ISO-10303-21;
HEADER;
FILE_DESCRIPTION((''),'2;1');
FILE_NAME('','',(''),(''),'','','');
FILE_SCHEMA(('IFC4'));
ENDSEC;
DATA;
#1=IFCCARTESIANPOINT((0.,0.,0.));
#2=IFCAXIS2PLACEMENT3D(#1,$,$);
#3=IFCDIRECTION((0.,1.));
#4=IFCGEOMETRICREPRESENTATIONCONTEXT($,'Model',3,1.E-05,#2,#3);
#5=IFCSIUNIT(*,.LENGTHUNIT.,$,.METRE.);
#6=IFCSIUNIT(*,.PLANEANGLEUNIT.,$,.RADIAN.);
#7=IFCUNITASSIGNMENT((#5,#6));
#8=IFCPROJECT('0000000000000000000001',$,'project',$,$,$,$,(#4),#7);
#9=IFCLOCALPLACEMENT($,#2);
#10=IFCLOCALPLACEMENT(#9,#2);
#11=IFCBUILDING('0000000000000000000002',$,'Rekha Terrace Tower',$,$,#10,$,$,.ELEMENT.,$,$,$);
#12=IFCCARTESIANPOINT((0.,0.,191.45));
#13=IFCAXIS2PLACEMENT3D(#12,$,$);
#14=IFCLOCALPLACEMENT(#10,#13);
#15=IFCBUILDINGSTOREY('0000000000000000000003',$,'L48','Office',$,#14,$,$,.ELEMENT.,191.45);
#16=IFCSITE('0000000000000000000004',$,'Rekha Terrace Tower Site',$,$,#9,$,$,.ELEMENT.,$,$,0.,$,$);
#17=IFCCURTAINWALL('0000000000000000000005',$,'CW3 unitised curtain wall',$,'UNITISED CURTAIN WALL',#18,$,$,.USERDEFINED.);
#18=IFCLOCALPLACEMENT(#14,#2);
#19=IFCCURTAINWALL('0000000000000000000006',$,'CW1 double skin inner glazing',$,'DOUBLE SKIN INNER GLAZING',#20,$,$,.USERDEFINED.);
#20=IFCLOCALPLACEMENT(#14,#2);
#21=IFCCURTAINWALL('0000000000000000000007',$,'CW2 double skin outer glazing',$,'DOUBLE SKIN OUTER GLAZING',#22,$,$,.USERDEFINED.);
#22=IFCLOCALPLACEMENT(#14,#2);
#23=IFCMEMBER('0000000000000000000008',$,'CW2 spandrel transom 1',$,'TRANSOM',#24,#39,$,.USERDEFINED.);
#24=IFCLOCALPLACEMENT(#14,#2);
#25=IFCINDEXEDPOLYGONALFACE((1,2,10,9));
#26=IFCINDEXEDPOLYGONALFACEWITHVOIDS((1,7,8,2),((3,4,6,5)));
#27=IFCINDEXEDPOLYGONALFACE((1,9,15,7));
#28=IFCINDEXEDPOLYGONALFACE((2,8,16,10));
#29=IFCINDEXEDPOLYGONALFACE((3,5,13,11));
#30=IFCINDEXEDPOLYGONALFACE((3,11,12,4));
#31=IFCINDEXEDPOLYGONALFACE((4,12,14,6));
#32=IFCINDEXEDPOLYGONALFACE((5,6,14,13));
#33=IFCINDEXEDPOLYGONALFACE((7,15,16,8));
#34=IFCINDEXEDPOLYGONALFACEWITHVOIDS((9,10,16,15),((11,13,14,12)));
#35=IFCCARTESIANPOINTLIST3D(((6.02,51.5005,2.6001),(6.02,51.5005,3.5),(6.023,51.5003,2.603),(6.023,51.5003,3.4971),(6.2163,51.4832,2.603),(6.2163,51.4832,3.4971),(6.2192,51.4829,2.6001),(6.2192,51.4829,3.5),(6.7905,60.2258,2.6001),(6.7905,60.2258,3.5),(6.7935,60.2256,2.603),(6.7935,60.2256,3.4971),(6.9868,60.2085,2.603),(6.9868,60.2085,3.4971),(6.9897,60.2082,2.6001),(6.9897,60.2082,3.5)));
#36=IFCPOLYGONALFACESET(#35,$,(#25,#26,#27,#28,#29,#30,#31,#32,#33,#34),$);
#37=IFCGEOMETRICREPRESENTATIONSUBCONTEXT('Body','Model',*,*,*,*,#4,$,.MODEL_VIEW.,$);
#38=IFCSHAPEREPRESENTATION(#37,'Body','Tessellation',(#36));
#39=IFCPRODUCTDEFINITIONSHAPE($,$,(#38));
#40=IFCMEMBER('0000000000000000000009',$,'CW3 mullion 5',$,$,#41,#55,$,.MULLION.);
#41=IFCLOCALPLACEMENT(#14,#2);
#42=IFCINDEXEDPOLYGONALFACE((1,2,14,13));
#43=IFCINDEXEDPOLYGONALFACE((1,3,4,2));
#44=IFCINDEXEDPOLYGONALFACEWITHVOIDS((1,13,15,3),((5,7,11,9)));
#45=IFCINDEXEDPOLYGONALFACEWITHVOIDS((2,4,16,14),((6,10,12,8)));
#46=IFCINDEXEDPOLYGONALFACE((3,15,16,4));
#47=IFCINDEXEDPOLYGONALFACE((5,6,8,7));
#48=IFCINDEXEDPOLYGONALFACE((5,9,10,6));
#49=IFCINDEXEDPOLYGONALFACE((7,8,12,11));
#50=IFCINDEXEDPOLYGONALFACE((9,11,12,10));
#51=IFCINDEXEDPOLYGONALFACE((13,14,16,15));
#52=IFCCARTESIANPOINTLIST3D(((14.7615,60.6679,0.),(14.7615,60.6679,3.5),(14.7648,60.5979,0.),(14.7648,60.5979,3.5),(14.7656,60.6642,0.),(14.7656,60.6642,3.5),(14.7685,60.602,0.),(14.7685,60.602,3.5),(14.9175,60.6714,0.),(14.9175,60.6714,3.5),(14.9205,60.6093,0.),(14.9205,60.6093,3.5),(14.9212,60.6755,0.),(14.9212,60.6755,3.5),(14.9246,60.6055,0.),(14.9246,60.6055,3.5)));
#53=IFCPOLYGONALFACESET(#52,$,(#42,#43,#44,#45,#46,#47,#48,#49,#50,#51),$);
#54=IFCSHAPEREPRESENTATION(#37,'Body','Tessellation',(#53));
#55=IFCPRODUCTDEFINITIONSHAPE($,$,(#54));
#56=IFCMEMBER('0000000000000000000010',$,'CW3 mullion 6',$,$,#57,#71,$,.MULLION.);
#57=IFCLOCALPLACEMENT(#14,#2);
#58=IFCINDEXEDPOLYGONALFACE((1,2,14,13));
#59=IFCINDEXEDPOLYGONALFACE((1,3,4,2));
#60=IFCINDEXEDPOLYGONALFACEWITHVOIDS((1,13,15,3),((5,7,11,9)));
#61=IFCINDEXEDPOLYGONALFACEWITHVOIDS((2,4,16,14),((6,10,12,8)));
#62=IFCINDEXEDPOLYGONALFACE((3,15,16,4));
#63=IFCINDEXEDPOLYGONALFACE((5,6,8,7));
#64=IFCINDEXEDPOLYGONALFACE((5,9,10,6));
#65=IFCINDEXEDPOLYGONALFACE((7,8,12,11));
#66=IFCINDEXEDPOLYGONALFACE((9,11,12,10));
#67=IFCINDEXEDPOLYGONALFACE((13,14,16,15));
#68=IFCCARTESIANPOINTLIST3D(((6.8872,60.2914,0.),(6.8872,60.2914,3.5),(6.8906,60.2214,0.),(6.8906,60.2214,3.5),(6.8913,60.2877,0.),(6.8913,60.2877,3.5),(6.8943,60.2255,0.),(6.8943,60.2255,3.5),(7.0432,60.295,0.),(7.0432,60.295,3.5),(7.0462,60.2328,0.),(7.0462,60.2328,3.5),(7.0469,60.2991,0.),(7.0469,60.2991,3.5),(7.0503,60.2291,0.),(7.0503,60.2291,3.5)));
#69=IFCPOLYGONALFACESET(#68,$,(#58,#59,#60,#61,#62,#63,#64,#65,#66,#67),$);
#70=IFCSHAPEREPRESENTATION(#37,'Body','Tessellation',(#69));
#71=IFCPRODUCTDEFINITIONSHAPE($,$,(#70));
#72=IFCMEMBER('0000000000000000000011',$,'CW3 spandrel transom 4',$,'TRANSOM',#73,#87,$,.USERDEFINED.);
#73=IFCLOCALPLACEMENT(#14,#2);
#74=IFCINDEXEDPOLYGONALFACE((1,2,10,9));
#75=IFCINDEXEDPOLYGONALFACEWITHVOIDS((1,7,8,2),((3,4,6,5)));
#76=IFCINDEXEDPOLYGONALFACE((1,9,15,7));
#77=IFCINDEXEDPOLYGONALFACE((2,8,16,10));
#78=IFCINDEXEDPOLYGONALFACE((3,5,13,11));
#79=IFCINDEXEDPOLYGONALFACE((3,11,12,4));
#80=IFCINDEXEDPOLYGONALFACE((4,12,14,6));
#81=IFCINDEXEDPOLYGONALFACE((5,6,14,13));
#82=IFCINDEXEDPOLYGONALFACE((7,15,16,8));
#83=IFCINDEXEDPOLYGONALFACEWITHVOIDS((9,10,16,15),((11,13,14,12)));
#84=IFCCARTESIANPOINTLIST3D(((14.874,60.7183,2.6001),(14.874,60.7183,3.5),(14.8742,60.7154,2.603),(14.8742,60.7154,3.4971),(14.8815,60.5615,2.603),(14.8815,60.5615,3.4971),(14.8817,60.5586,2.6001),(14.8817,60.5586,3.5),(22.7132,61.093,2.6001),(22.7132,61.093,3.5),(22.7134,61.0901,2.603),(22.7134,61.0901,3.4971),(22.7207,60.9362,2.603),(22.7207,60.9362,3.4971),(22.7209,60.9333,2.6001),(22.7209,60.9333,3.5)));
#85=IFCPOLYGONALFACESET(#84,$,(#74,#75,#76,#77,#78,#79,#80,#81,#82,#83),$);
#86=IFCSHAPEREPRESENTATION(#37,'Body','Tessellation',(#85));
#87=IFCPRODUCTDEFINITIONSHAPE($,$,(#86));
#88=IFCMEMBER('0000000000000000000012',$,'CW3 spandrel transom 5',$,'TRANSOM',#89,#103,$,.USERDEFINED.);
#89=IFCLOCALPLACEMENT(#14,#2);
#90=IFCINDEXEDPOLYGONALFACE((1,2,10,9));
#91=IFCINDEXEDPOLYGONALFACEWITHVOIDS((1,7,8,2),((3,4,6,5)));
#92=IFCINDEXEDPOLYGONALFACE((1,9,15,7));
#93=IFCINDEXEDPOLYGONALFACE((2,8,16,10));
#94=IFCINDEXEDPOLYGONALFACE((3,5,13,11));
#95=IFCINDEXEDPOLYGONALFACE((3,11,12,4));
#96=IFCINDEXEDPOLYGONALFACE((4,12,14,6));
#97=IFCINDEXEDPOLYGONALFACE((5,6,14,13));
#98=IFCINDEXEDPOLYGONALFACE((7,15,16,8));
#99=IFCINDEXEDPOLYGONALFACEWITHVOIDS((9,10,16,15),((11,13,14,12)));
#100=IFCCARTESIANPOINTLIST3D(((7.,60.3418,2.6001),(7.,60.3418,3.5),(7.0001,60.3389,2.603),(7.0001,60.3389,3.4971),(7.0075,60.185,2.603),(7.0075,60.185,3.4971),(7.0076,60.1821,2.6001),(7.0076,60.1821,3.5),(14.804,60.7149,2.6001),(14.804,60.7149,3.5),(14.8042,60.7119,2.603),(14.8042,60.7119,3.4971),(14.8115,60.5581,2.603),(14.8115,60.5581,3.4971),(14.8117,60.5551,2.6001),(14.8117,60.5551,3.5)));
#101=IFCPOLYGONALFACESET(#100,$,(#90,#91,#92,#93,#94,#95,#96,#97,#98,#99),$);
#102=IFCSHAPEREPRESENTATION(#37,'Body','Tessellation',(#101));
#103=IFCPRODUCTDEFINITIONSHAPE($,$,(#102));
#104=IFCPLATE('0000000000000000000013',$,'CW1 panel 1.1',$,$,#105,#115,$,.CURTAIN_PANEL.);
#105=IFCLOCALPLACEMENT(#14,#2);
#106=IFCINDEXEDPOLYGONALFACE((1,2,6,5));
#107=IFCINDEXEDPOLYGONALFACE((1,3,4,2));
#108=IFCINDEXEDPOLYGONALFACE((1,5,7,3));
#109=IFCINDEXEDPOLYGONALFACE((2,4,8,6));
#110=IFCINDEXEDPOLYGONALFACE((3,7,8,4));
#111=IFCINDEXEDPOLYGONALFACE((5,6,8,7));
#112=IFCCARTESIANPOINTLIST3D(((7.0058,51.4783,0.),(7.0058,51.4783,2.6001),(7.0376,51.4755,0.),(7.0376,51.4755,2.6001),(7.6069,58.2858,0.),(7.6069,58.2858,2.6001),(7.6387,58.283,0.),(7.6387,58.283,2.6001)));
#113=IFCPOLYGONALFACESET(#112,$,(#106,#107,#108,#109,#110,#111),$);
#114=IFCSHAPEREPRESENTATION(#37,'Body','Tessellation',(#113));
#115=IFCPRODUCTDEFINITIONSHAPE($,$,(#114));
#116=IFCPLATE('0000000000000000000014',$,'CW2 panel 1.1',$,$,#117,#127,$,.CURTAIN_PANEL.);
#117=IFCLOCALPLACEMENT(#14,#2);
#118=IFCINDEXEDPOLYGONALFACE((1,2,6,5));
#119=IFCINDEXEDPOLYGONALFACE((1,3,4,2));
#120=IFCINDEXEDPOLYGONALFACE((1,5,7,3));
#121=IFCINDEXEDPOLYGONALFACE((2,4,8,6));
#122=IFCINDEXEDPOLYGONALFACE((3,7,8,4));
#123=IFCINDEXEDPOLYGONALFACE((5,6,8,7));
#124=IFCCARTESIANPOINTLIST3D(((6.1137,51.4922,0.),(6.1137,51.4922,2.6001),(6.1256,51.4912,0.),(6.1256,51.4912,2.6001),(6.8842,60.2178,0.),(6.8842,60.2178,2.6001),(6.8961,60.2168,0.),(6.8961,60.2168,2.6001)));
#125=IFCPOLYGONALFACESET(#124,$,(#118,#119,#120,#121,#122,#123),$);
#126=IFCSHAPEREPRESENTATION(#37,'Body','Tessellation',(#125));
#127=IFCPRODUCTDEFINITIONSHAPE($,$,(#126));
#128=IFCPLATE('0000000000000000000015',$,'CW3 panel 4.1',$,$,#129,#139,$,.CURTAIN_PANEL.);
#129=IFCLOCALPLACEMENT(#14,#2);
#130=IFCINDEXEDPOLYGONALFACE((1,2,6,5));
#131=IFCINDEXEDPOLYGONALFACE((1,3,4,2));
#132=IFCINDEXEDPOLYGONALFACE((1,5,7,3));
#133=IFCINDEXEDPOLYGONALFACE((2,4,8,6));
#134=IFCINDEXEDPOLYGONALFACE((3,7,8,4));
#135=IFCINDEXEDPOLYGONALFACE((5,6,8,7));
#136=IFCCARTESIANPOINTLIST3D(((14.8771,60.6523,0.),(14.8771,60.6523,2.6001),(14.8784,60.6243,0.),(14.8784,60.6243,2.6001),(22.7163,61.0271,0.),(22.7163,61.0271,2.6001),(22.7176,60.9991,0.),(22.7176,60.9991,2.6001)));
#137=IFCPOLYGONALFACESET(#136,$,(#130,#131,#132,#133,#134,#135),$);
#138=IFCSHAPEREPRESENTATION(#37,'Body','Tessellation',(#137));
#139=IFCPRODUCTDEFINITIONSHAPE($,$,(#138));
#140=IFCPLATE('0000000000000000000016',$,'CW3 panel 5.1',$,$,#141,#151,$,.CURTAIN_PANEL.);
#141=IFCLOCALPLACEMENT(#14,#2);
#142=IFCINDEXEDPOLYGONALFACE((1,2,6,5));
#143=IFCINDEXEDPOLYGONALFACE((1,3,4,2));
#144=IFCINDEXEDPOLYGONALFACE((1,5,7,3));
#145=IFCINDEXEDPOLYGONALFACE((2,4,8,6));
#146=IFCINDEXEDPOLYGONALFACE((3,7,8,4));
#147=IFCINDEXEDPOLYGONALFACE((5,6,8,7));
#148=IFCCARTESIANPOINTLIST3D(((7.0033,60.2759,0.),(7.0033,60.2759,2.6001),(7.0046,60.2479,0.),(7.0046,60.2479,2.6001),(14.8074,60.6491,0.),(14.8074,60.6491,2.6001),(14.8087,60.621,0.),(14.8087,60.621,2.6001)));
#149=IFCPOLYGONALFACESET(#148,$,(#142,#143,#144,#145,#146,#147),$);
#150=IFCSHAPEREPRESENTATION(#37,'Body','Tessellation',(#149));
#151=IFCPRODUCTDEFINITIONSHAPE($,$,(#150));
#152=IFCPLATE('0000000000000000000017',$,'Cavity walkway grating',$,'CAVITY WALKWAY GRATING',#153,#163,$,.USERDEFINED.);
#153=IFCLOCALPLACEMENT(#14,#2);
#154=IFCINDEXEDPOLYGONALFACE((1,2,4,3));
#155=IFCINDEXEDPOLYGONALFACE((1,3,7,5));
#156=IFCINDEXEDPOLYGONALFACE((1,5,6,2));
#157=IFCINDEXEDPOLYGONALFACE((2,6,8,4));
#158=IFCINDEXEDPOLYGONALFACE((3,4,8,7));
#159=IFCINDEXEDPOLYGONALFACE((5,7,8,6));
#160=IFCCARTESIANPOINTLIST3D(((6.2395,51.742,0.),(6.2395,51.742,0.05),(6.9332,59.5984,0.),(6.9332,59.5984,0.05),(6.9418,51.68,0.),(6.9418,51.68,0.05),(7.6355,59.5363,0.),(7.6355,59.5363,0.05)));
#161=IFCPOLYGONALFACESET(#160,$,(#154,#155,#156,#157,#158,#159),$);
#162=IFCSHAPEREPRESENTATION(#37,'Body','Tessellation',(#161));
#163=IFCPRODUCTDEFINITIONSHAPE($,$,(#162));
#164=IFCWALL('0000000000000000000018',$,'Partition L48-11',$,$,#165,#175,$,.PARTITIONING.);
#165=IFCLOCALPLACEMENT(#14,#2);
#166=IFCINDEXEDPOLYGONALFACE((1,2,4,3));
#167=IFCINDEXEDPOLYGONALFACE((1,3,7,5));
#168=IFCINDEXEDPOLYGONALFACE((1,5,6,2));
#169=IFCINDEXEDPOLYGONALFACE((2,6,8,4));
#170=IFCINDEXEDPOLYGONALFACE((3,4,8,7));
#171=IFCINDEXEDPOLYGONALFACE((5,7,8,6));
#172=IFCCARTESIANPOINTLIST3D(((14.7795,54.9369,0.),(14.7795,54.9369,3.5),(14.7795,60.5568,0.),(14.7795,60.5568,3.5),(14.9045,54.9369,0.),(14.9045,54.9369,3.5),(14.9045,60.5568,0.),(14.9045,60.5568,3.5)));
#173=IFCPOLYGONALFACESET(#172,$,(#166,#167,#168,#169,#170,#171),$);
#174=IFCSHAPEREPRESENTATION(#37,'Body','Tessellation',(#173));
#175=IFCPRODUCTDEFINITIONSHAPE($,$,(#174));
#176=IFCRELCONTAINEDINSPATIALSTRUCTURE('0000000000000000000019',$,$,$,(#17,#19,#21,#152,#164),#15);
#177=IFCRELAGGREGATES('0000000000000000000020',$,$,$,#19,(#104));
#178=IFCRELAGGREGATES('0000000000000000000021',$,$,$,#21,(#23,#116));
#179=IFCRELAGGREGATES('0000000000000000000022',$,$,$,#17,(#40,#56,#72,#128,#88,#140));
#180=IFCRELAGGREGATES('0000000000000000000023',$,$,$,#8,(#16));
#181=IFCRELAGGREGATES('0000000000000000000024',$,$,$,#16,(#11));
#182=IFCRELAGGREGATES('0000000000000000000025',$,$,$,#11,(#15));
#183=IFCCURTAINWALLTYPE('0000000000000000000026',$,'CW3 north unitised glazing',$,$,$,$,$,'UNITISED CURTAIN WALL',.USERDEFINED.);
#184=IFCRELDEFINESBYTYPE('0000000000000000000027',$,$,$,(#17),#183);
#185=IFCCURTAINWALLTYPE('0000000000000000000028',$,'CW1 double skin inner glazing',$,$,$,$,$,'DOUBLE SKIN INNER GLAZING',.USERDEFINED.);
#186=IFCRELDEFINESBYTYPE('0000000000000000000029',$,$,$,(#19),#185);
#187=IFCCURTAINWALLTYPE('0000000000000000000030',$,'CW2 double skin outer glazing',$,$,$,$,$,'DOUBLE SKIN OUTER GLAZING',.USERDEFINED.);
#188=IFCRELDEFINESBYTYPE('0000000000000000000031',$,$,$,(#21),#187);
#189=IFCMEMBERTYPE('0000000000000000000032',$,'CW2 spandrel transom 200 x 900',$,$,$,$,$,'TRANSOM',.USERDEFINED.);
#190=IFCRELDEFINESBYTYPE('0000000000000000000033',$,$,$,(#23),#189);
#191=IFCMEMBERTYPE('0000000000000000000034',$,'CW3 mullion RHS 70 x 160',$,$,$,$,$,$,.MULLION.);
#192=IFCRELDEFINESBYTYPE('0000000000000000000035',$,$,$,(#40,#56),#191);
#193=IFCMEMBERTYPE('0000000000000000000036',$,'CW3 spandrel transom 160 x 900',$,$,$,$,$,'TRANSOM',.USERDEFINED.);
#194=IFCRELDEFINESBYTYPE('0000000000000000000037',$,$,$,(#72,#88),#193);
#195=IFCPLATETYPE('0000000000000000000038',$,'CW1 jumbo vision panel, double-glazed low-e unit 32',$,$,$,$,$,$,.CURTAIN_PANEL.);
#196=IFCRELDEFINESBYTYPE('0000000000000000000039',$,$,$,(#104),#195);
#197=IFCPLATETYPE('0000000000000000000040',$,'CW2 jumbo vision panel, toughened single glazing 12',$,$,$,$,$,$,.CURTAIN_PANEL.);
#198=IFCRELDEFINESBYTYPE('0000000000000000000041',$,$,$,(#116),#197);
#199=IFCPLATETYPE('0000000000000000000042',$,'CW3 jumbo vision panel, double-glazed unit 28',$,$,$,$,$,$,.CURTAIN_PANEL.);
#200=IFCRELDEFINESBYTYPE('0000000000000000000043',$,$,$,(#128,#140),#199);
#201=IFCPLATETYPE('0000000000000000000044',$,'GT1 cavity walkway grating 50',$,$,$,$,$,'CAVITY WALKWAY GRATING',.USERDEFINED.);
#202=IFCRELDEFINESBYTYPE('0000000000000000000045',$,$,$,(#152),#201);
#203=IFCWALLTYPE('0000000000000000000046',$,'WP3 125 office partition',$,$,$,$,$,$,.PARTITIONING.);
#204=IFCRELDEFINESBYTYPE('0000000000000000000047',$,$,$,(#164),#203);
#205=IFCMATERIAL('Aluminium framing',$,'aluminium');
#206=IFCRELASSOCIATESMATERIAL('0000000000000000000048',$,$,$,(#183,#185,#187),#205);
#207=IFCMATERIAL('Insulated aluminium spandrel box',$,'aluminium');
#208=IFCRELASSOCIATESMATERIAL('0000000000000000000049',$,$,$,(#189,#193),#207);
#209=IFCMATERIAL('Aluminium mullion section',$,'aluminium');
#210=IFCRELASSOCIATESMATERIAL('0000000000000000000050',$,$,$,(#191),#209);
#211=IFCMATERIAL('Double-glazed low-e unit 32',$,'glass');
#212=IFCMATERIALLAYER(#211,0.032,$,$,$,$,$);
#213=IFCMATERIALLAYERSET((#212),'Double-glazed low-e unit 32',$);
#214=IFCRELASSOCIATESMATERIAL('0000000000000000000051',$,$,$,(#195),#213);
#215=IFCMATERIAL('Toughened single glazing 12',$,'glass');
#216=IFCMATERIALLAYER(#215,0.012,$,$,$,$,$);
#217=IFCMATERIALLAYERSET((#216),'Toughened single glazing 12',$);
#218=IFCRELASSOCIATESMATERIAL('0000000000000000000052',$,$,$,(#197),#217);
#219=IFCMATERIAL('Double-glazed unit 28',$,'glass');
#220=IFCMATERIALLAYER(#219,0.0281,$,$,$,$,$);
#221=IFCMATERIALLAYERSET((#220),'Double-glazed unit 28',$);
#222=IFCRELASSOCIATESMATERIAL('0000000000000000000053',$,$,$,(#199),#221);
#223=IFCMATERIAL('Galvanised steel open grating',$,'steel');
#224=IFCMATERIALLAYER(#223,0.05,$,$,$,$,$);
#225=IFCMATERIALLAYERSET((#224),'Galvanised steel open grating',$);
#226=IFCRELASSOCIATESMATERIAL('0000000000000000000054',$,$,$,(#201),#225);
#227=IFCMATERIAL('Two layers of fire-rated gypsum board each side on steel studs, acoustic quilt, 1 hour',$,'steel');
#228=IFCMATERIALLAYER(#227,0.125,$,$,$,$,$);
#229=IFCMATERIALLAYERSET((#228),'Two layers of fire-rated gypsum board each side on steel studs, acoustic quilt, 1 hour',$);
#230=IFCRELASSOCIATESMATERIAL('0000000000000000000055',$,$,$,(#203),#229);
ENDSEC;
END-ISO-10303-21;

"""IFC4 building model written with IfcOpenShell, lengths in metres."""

from ifc_helpers import new_model, si_unit, direction, frame, frame_2d, origin, origin_2d, place, context, subcontext, project, spatial, rectangle, hollow_rectangle, extrude, material, layer, layer_set, material_profile, profile_set, type_object, element, aggregate, save


model = new_model("IFC4")

# Units and contexts
model_context = context("Model", 3, precision=1e-05, world=origin(), true_north=direction((0.0, 1.0)))
body_context = subcontext(model_context, "Body", "Model", "MODEL_VIEW")
ifc_project = project(units=[si_unit("LENGTHUNIT", "METRE"), si_unit("PLANEANGLEUNIT", "RADIAN")], contexts=[model_context])

# Site, building, storey
site_placement = place(None, origin())
site = spatial("IfcSite", under=ifc_project, at=site_placement, Name="Rekha Terrace Tower Site", CompositionType="ELEMENT", RefElevation=0.0)
building_placement = place(site_placement, origin())
building = spatial("IfcBuilding", under=site, at=building_placement, Name="Rekha Terrace Tower", CompositionType="ELEMENT")
storey_placement = place(building_placement, frame((0.0, 0.0, 191.45)))
storey = spatial("IfcBuildingStorey", under=building, at=storey_placement, Name="L48", Description="Office", CompositionType="ELEMENT", Elevation=191.45)

# Curtain walls, member
ifc_material_1 = material(Name="Aluminium framing", Category="aluminium")
curtain_wall_type_1 = type_object("IfcCurtainWallType", Name="CW3 north unitised glazing", ElementType="UNITISED CURTAIN WALL", PredefinedType="USERDEFINED", material=ifc_material_1)
curtain_wall_1_placement = place(storey_placement, origin())
curtain_wall_1 = element("IfcCurtainWall", 1, at=curtain_wall_1_placement, inside=storey, type_object=curtain_wall_type_1, Name="CW3 unitised curtain wall", ObjectType="UNITISED CURTAIN WALL", PredefinedType="USERDEFINED")
curtain_wall_type_2 = type_object("IfcCurtainWallType", Name="CW1 double skin inner glazing", ElementType="DOUBLE SKIN INNER GLAZING", PredefinedType="USERDEFINED", material=ifc_material_1)
curtain_wall_2_placement = place(storey_placement, origin())
curtain_wall_2 = element("IfcCurtainWall", 2, at=curtain_wall_2_placement, inside=storey, type_object=curtain_wall_type_2, Name="CW1 double skin inner glazing", ObjectType="DOUBLE SKIN INNER GLAZING", PredefinedType="USERDEFINED")
ifc_material_2 = material(Name="Aluminium mullion section", Category="aluminium")
ifc_material_3 = material(Name="Insulated aluminium spandrel box", Category="aluminium")
curtain_wall_type_3 = type_object("IfcCurtainWallType", Name="CW2 double skin outer glazing", ElementType="DOUBLE SKIN OUTER GLAZING", PredefinedType="USERDEFINED", material=ifc_material_1)
curtain_wall_3_placement = place(storey_placement, origin())
curtain_wall_3 = element("IfcCurtainWall", 3, at=curtain_wall_3_placement, inside=storey, type_object=curtain_wall_type_3, Name="CW2 double skin outer glazing", ObjectType="DOUBLE SKIN OUTER GLAZING", PredefinedType="USERDEFINED")
ifc_material_profile_1 = material_profile(ifc_material_3, hollow_rectangle(XDim=0.2, YDim=0.8999, WallThickness=0.0029, at=origin_2d()), Name="AL SPANDREL BOX 200x900")
ifc_profile_set_1 = profile_set([ifc_material_profile_1], Name="Insulated aluminium spandrel box")
member_type_1 = type_object("IfcMemberType", Name="CW2 spandrel transom 200 x 900", ElementType="TRANSOM", PredefinedType="USERDEFINED", material=ifc_profile_set_1)
member_1_placement = place(storey_placement, frame((6.8901, 60.217, 3.05), z_axis=(-0.087965, -0.996124, 0.0), x_axis=(0.996124, -0.087965, 0.0)))
member_1 = element("IfcMember", 4, at=member_1_placement, type_object=member_type_1, Name="CW2 spandrel transom 1", ObjectType="TRANSOM", PredefinedType="USERDEFINED", context=body_context, shape_type="SweptSolid", body=[
    extrude(hollow_rectangle(XDim=0.2, YDim=0.8999, WallThickness=0.0029, at=origin_2d()), origin(), (0.0, 0.0, 1.0), 8.7593),
])

# Members
ifc_material_profile_2 = material_profile(ifc_material_2, hollow_rectangle(XDim=0.0701, YDim=0.1599, WallThickness=0.0039, at=origin_2d()), Name="AL RHS 70x160")
ifc_profile_set_2 = profile_set([ifc_material_profile_2], Name="Aluminium mullion section")
member_type_2 = type_object("IfcMemberType", Name="CW3 mullion RHS 70 x 160", PredefinedType="MULLION", material=ifc_profile_set_2)
member_2_placement = place(storey_placement, frame((14.843, 60.6367, 0.0), z_axis=(0.0, 0.0, 1.0), x_axis=(0.047759, -0.998859, 0.0)))
member_2 = element("IfcMember", 5, at=member_2_placement, type_object=member_type_2, Name="CW3 mullion 5", PredefinedType="MULLION", context=body_context, shape_type="SweptSolid", body=[
    extrude(hollow_rectangle(XDim=0.0701, YDim=0.1599, WallThickness=0.0039, at=origin_2d()), origin(), (0.0, 0.0, 1.0), 3.5),
])
member_3_placement = place(storey_placement, frame((6.9688, 60.2603, 0.0), z_axis=(0.0, 0.0, 1.0), x_axis=(0.047759, -0.998859, 0.0)))
member_3 = element("IfcMember", 6, at=member_3_placement, type_object=member_type_2, Name="CW3 mullion 6", PredefinedType="MULLION", context=body_context, shape_type="SweptSolid", body=[
    extrude(hollow_rectangle(XDim=0.0701, YDim=0.1599, WallThickness=0.0039, at=origin_2d()), origin(), (0.0, 0.0, 1.0), 3.5),
])
ifc_material_profile_3 = material_profile(ifc_material_3, hollow_rectangle(XDim=0.1599, YDim=0.8999, WallThickness=0.0029, at=origin_2d()), Name="AL SPANDREL BOX 160x900")
ifc_profile_set_3 = profile_set([ifc_material_profile_3], Name="Insulated aluminium spandrel box")
member_type_3 = type_object("IfcMemberType", Name="CW3 spandrel transom 160 x 900", ElementType="TRANSOM", PredefinedType="USERDEFINED", material=ifc_profile_set_3)
member_4_placement = place(storey_placement, frame((22.717, 61.0132, 3.05), z_axis=(-0.998859, -0.047751, 0.0), x_axis=(0.047751, -0.998859, 0.0)))
member_4 = element("IfcMember", 7, at=member_4_placement, type_object=member_type_3, Name="CW3 spandrel transom 4", ObjectType="TRANSOM", PredefinedType="USERDEFINED", context=body_context, shape_type="SweptSolid", body=[
    extrude(hollow_rectangle(XDim=0.1599, YDim=0.8999, WallThickness=0.0029, at=origin_2d()), origin(), (0.0, 0.0, 1.0), 7.8481),
])
member_5_placement = place(storey_placement, frame((14.8079, 60.635, 3.05), z_axis=(-0.998859, -0.047748, 0.0), x_axis=(0.047748, -0.998859, 0.0)))
member_5 = element("IfcMember", 8, at=member_5_placement, type_object=member_type_3, Name="CW3 spandrel transom 5", ObjectType="TRANSOM", PredefinedType="USERDEFINED", context=body_context, shape_type="SweptSolid", body=[
    extrude(hollow_rectangle(XDim=0.1599, YDim=0.8999, WallThickness=0.0029, at=origin_2d()), origin(), (0.0, 0.0, 1.0), 7.813),
])

# Plates
ifc_material_4 = material(Name="Double-glazed low-e unit 32", Category="glass")
ifc_layer_1 = layer(ifc_material_4, 0.032)
ifc_layer_set_1 = layer_set([ifc_layer_1], Name="Double-glazed low-e unit 32")
plate_type_1 = type_object("IfcPlateType", Name="CW1 jumbo vision panel, double-glazed low-e unit 32", PredefinedType="CURTAIN_PANEL", material=ifc_layer_set_1)
plate_1_placement = place(storey_placement, frame((7.3223, 54.8806, 0.0), z_axis=(0.0, 0.0, 1.0), x_axis=(-0.087958, -0.996124, 0.0)))
plate_1 = element("IfcPlate", 9, at=plate_1_placement, type_object=plate_type_1, Name="CW1 panel 1.1", PredefinedType="CURTAIN_PANEL", context=body_context, shape_type="SweptSolid", body=[
    extrude(rectangle(XDim=6.834, YDim=0.032, at=origin_2d()), origin(), (0.0, 0.0, 1.0), 2.6001),
])
aggregate(curtain_wall_2, [plate_1])
ifc_material_5 = material(Name="Toughened single glazing 12", Category="glass")
ifc_layer_2 = layer(ifc_material_5, 0.012)
ifc_layer_set_2 = layer_set([ifc_layer_2], Name="Toughened single glazing 12")
plate_type_2 = type_object("IfcPlateType", Name="CW2 jumbo vision panel, toughened single glazing 12", PredefinedType="CURTAIN_PANEL", material=ifc_layer_set_2)
plate_2_placement = place(storey_placement, frame((6.5049, 55.8545, 0.0), z_axis=(0.0, 0.0, 1.0), x_axis=(-0.087958, -0.996124, 0.0)))
plate_2 = element("IfcPlate", 10, at=plate_2_placement, type_object=plate_type_2, Name="CW2 panel 1.1", PredefinedType="CURTAIN_PANEL", context=body_context, shape_type="SweptSolid", body=[
    extrude(rectangle(XDim=8.7595, YDim=0.012, at=origin_2d()), origin(), (0.0, 0.0, 1.0), 2.6001),
])
aggregate(curtain_wall_3, [member_1, plate_2])
ifc_material_6 = material(Name="Double-glazed unit 28", Category="glass")
ifc_layer_3 = layer(ifc_material_6, 0.0281)
ifc_layer_set_3 = layer_set([ifc_layer_3], Name="Double-glazed unit 28")
plate_type_3 = type_object("IfcPlateType", Name="CW3 jumbo vision panel, double-glazed unit 28", PredefinedType="CURTAIN_PANEL", material=ifc_layer_set_3)
plate_3_placement = place(storey_placement, frame((18.7974, 60.8257, 0.0), z_axis=(0.0, 0.0, 1.0), x_axis=(-0.998859, -0.047759, 0.0)))
plate_3 = element("IfcPlate", 11, at=plate_3_placement, type_object=plate_type_3, Name="CW3 panel 4.1", PredefinedType="CURTAIN_PANEL", context=body_context, shape_type="SweptSolid", body=[
    extrude(rectangle(XDim=7.8481, YDim=0.0281, at=origin_2d()), origin(), (0.0, 0.0, 1.0), 2.6001),
])
plate_4_placement = place(storey_placement, frame((10.906, 60.4485, 0.0), z_axis=(0.0, 0.0, 1.0), x_axis=(-0.998859, -0.047759, 0.0)))
plate_4 = element("IfcPlate", 12, at=plate_4_placement, type_object=plate_type_3, Name="CW3 panel 5.1", PredefinedType="CURTAIN_PANEL", context=body_context, shape_type="SweptSolid", body=[
    extrude(rectangle(XDim=7.813, YDim=0.0281, at=origin_2d()), origin(), (0.0, 0.0, 1.0), 2.6001),
])
aggregate(curtain_wall_1, [member_2, member_3, member_4, plate_3, member_5, plate_4])
ifc_material_7 = material(Name="Galvanised steel open grating", Category="steel")
ifc_layer_4 = layer(ifc_material_7, 0.05)
ifc_layer_set_4 = layer_set([ifc_layer_4], Name="Galvanised steel open grating")
plate_type_4 = type_object("IfcPlateType", Name="GT1 cavity walkway grating 50", ElementType="CAVITY WALKWAY GRATING", PredefinedType="USERDEFINED", material=ifc_layer_set_4)
plate_5_placement = place(storey_placement, frame((6.9375, 55.6392, 0.0), z_axis=(0.0, 0.0, 1.0), x_axis=(-0.087958, -0.996124, 0.0)))
element("IfcPlate", 13, at=plate_5_placement, inside=storey, type_object=plate_type_4, Name="Cavity walkway grating", ObjectType="CAVITY WALKWAY GRATING", PredefinedType="USERDEFINED", context=body_context, shape_type="SweptSolid", body=[
    extrude(rectangle(XDim=7.887, YDim=0.7051, at=origin_2d()), origin(), (0.0, 0.0, 1.0), 0.05),
])

# Wall
ifc_material_8 = material(Name="Two layers of fire-rated gypsum board each side on steel studs, acoustic quilt, 1 hour", Category="steel")
ifc_layer_5 = layer(ifc_material_8, 0.125)
ifc_layer_set_5 = layer_set([ifc_layer_5], Name="Two layers of fire-rated gypsum board each side on steel studs, acoustic quilt, 1 hour")
wall_type_1 = type_object("IfcWallType", Name="WP3 125 office partition", PredefinedType="PARTITIONING", material=ifc_layer_set_5)
wall_1_placement = place(storey_placement, frame((14.842, 60.5569, 0.0), z_axis=(0.0, 0.0, 1.0), x_axis=(0.0, -1.0, 0.0)))
element("IfcWall", 14, at=wall_1_placement, inside=storey, type_object=wall_type_1, Name="Partition L48-11", PredefinedType="PARTITIONING", context=body_context, shape_type="SweptSolid", body=[
    extrude(rectangle(XDim=5.6199, YDim=0.125, at=frame_2d((2.8101, 0.0))), origin(), (0.0, 0.0, 1.0), 3.5),
])

save(model, "model.ifc")
